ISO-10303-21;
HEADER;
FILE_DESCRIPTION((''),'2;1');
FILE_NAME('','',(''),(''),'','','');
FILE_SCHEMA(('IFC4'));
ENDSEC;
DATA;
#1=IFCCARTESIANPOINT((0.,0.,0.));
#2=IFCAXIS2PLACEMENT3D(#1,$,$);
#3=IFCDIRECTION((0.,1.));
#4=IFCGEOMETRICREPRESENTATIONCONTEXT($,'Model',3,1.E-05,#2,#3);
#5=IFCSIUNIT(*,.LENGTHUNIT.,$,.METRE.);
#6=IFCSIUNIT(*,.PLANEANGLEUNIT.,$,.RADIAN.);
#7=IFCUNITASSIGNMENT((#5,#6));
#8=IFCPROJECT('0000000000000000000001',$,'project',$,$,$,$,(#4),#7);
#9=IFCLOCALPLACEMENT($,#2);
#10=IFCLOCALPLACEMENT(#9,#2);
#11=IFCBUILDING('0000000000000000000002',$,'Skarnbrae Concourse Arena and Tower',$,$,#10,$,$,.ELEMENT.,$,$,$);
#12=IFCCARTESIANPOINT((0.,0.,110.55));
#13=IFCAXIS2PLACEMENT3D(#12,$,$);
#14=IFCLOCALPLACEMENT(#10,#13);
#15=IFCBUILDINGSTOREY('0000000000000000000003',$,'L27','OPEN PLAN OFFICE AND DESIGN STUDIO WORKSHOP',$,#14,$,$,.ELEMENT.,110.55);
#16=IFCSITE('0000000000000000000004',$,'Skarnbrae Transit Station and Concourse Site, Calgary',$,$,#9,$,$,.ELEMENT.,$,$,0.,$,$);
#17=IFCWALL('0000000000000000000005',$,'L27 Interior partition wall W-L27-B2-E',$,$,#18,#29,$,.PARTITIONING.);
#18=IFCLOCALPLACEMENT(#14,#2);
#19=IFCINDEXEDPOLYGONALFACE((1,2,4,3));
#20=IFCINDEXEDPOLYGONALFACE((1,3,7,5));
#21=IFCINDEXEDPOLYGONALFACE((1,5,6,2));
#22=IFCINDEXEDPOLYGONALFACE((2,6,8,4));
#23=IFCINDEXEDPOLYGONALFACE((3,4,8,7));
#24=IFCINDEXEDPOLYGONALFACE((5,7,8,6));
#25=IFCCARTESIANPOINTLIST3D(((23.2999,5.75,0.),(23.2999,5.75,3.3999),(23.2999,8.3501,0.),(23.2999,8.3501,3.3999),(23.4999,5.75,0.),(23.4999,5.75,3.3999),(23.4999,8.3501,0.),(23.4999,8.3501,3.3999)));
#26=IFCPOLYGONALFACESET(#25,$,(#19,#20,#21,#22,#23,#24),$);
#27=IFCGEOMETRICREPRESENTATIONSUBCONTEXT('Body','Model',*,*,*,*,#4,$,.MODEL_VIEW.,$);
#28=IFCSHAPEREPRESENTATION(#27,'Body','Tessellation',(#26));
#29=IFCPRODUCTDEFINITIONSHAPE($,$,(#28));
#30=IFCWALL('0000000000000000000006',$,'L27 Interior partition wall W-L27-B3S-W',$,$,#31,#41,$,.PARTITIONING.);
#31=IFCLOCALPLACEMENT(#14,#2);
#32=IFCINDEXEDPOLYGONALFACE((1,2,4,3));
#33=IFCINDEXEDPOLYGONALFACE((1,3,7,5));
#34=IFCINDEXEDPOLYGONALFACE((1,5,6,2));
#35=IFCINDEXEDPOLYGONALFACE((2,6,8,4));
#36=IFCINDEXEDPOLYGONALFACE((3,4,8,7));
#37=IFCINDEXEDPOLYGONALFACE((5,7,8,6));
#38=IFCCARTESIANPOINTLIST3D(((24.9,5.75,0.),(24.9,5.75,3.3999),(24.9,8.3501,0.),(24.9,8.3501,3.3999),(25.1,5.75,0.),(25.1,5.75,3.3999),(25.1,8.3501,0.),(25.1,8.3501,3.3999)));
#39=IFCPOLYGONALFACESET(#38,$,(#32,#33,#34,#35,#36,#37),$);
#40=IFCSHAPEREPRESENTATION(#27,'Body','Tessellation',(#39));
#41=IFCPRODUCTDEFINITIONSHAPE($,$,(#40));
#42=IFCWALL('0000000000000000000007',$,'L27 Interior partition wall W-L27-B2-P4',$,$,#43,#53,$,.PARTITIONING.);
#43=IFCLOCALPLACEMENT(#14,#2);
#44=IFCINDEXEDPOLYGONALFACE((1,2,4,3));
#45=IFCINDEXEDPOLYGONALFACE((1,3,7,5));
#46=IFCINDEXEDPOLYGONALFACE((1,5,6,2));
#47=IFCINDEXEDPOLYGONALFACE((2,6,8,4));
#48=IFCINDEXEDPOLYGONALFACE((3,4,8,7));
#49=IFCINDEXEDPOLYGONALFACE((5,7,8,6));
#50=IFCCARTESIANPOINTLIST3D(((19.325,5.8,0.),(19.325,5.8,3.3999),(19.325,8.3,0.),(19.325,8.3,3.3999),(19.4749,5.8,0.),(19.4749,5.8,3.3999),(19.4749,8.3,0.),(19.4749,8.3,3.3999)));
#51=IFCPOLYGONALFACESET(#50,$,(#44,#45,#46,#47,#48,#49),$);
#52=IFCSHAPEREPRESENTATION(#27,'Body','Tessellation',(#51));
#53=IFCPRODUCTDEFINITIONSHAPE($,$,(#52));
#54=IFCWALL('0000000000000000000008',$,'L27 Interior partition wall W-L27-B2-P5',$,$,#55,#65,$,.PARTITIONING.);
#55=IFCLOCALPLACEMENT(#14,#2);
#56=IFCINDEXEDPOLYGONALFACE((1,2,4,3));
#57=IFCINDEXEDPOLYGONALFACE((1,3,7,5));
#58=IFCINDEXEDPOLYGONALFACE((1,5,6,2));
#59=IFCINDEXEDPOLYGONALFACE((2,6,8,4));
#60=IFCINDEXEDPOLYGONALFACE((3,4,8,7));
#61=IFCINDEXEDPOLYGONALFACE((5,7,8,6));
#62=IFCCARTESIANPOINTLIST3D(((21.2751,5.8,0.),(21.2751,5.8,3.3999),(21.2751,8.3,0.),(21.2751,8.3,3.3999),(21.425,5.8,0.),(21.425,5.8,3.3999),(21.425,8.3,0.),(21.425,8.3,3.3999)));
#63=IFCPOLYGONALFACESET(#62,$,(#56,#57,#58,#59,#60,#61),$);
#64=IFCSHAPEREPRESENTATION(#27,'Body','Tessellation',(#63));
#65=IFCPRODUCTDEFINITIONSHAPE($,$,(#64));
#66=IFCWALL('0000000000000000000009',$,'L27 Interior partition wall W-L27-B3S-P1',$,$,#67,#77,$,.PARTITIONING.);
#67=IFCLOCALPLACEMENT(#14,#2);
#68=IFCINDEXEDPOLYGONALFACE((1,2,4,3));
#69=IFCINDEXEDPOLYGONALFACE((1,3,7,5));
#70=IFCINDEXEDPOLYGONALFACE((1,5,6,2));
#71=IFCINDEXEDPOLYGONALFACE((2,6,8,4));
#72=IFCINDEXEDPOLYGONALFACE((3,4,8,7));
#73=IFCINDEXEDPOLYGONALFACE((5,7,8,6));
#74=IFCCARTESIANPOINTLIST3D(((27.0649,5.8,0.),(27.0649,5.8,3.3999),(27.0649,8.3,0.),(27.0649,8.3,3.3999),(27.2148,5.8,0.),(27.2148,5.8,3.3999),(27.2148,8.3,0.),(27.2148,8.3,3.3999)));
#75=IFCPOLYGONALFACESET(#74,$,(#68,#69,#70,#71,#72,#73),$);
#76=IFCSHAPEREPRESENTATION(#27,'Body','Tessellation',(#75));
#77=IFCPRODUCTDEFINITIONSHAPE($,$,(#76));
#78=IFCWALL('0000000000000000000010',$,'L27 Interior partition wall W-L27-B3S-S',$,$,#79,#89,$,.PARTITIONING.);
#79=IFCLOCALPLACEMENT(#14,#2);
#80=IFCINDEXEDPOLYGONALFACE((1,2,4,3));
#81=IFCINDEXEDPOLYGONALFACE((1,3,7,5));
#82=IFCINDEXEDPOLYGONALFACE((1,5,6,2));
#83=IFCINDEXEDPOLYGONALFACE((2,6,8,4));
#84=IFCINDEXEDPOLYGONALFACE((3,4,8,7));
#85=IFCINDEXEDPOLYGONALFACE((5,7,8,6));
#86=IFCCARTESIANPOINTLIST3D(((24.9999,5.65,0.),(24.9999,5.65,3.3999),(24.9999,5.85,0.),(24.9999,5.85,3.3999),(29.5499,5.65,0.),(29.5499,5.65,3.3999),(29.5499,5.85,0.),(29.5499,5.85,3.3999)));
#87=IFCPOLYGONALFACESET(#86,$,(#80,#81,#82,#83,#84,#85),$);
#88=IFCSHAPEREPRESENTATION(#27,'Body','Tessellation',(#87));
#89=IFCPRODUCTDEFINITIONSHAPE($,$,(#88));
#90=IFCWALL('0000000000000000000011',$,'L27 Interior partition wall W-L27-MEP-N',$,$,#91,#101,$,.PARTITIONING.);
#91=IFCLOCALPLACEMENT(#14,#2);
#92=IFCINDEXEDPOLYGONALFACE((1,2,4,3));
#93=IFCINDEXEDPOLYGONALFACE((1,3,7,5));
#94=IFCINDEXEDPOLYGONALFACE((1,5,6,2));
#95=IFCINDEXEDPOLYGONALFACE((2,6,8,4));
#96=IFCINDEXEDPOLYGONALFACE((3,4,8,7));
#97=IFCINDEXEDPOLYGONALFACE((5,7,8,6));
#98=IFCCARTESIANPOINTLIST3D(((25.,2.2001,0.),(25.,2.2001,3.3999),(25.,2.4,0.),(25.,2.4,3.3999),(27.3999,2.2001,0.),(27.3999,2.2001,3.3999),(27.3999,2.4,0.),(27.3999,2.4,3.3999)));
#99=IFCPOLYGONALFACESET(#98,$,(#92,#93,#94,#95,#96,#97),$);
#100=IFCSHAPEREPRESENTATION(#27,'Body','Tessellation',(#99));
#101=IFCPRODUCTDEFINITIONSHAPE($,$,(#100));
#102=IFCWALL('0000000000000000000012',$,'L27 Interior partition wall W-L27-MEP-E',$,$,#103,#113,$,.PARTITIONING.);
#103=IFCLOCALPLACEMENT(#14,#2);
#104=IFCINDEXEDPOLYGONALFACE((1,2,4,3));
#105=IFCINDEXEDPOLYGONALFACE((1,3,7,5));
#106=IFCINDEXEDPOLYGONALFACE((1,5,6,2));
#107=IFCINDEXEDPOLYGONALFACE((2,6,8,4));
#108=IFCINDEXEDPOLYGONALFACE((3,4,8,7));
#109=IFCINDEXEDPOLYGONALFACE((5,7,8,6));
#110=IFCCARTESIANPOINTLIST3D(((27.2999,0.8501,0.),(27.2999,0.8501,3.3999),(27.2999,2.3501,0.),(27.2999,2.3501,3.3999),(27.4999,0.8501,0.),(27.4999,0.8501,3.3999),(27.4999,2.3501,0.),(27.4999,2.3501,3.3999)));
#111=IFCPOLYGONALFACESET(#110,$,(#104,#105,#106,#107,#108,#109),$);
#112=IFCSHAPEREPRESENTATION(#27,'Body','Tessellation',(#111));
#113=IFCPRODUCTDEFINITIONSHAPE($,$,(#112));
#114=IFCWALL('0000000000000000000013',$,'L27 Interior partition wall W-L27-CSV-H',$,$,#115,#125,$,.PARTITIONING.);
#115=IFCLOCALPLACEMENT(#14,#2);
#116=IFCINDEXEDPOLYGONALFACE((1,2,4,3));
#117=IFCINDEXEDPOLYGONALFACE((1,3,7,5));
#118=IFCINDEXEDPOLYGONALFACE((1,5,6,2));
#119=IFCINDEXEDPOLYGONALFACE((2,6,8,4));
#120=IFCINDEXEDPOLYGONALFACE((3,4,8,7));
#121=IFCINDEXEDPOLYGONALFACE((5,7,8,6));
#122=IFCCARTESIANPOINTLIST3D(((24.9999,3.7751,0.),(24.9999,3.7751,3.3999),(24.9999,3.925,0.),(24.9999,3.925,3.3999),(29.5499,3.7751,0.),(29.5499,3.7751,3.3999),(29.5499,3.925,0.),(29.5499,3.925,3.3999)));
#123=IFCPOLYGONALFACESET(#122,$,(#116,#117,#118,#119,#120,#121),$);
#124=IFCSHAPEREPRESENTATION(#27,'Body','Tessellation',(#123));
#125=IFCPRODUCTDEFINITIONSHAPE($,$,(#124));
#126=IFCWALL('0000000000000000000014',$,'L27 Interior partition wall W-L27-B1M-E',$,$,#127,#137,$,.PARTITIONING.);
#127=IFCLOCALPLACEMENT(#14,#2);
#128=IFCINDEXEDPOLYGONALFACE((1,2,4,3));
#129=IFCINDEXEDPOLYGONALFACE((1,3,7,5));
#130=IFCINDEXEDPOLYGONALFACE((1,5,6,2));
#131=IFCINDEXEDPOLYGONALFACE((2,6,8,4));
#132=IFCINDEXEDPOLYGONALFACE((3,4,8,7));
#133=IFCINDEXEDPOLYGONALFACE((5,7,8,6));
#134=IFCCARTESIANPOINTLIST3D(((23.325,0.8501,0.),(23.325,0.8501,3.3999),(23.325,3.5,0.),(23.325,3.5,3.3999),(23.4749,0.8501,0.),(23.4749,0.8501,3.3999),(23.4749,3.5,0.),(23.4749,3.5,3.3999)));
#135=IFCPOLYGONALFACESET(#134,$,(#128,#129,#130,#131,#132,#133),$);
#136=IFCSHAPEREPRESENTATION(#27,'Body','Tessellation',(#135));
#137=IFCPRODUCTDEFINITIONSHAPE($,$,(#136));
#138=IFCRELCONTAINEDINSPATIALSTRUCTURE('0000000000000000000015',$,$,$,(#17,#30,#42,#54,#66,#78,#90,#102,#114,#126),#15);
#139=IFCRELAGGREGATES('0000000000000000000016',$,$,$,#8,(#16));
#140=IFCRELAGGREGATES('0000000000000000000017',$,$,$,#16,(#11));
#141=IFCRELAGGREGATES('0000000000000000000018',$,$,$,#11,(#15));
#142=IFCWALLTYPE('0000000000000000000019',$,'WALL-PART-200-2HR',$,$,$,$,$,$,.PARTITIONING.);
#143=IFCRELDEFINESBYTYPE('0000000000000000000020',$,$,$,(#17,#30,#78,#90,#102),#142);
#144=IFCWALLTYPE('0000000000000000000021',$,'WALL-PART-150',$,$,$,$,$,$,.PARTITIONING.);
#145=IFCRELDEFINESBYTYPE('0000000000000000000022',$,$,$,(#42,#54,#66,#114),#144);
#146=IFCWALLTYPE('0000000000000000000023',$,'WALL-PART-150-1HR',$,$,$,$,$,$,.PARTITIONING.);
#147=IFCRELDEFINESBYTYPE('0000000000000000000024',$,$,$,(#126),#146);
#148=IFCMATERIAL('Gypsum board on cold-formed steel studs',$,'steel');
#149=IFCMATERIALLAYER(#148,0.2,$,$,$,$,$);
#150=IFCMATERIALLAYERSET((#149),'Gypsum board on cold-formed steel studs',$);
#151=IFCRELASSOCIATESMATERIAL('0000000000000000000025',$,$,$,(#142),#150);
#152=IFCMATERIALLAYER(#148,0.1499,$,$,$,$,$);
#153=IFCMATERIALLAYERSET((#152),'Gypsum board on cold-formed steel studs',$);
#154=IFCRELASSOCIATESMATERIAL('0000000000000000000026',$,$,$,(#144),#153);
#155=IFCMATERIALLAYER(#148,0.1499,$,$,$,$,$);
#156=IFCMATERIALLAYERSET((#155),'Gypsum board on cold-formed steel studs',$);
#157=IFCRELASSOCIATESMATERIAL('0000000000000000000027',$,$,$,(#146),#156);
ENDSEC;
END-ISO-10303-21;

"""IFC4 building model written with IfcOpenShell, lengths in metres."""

from ifc_helpers import new_model, si_unit, direction, frame, frame_2d, origin, place, context, subcontext, project, spatial, rectangle, extrude, source, transform, mapped, material, layer, layer_set, type_object, element, save


model = new_model("IFC4")

# Units and contexts
model_context = context("Model", 3, precision=1e-05, world=origin(), true_north=direction((0.0, 1.0)))
body_context = subcontext(model_context, "Body", "Model", "MODEL_VIEW")
ifc_project = project(units=[si_unit("LENGTHUNIT", "METRE"), si_unit("PLANEANGLEUNIT", "RADIAN")], contexts=[model_context])

# Site, building, storey
site_placement = place(None, origin())
site = spatial("IfcSite", under=ifc_project, at=site_placement, Name="Skarnbrae Transit Station and Concourse Site, Calgary", CompositionType="ELEMENT", RefElevation=0.0)
building_placement = place(site_placement, origin())
building = spatial("IfcBuilding", under=site, at=building_placement, Name="Skarnbrae Concourse Arena and Tower", CompositionType="ELEMENT")
storey_placement = place(building_placement, frame((0.0, 0.0, 110.55)))
storey = spatial("IfcBuildingStorey", under=building, at=storey_placement, Name="L27", Description="OPEN PLAN OFFICE AND DESIGN STUDIO WORKSHOP", CompositionType="ELEMENT", Elevation=110.55)

# Walls
ifc_material_1 = material(Name="Gypsum board on cold-formed steel studs", Category="steel")
ifc_layer_1 = layer(ifc_material_1, 0.2)
ifc_layer_set_1 = layer_set([ifc_layer_1], Name="Gypsum board on cold-formed steel studs")
wall_type_1 = type_object("IfcWallType", Name="WALL-PART-200-2HR", PredefinedType="PARTITIONING", material=ifc_layer_set_1)
shared_shape_1 = source(origin(), body_context, "Body", "SweptSolid", [
    extrude(rectangle(XDim=2.6001, YDim=0.2, at=frame_2d((1.3, 0.0))), origin(), (0.0, 0.0, 1.0), 3.3999),
])
for number, where, z_axis, x_axis, name in (
    (1, (23.3999, 5.75, 0.0), (0.0, 0.0, 1.0), (0.0, 1.0, 0.0), "L27 Interior partition wall W-L27-B2-E"),
    (2, (25.0, 5.75, 0.0), (0.0, 0.0, 1.0), (0.0, 1.0, 0.0), "L27 Interior partition wall W-L27-B3S-W"),
):
    element("IfcWall", number, at=place(storey_placement, frame(where, z_axis=z_axis, x_axis=x_axis)), inside=storey, type_object=wall_type_1, Name=name, PredefinedType="PARTITIONING", context=body_context, shape_type="MappedRepresentation", body=[
        mapped(shared_shape_1, transform((0.0, 0.0, 0.0))),
    ])
ifc_layer_2 = layer(ifc_material_1, 0.1499)
ifc_layer_set_2 = layer_set([ifc_layer_2], Name="Gypsum board on cold-formed steel studs")
wall_type_2 = type_object("IfcWallType", Name="WALL-PART-150", PredefinedType="PARTITIONING", material=ifc_layer_set_2)
shared_shape_2 = source(origin(), body_context, "Body", "SweptSolid", [
    extrude(rectangle(XDim=2.5, YDim=0.1499, at=frame_2d((1.25, 0.0))), origin(), (0.0, 0.0, 1.0), 3.3999),
])
for number, where, z_axis, x_axis, name in (
    (3, (19.3999, 5.8, 0.0), (0.0, 0.0, 1.0), (0.0, 1.0, 0.0), "L27 Interior partition wall W-L27-B2-P4"),
    (4, (21.3501, 5.8, 0.0), (0.0, 0.0, 1.0), (0.0, 1.0, 0.0), "L27 Interior partition wall W-L27-B2-P5"),
    (5, (27.1399, 5.8, 0.0), (0.0, 0.0, 1.0), (0.0, 1.0, 0.0), "L27 Interior partition wall W-L27-B3S-P1"),
):
    element("IfcWall", number, at=place(storey_placement, frame(where, z_axis=z_axis, x_axis=x_axis)), inside=storey, type_object=wall_type_2, Name=name, PredefinedType="PARTITIONING", context=body_context, shape_type="MappedRepresentation", body=[
        mapped(shared_shape_2, transform((0.0, 0.0, 0.0))),
    ])
shared_shape_3 = source(origin(), body_context, "Body", "SweptSolid", [
    extrude(rectangle(XDim=4.55, YDim=0.2, at=frame_2d((2.2749, 0.0))), origin(), (0.0, 0.0, 1.0), 3.3999),
])
wall_1_placement = place(storey_placement, frame((25.0, 5.75, 0.0), z_axis=(0.0, 0.0, 1.0), x_axis=(1.0, 0.0, 0.0)))
element("IfcWall", 6, at=wall_1_placement, inside=storey, type_object=wall_type_1, Name="L27 Interior partition wall W-L27-B3S-S", PredefinedType="PARTITIONING", context=body_context, shape_type="MappedRepresentation", body=[
    mapped(shared_shape_3, transform((0.0, 0.0, 0.0))),
])

# Shared definitions
ifc_layer_3 = layer(ifc_material_1, 0.1499)
ifc_layer_set_3 = layer_set([ifc_layer_3], Name="Gypsum board on cold-formed steel studs")
wall_type_3 = type_object("IfcWallType", Name="WALL-PART-150-1HR", PredefinedType="PARTITIONING", material=ifc_layer_set_3)

# Walls
shared_shape_4 = source(origin(), body_context, "Body", "SweptSolid", [
    extrude(rectangle(XDim=2.3999, YDim=0.2, at=frame_2d((1.2, 0.0))), origin(), (0.0, 0.0, 1.0), 3.3999),
])
wall_2_placement = place(storey_placement, frame((25.0, 2.3, 0.0), z_axis=(0.0, 0.0, 1.0), x_axis=(1.0, 0.0, 0.0)))
element("IfcWall", 7, at=wall_2_placement, inside=storey, type_object=wall_type_1, Name="L27 Interior partition wall W-L27-MEP-N", PredefinedType="PARTITIONING", context=body_context, shape_type="MappedRepresentation", body=[
    mapped(shared_shape_4, transform((0.0, 0.0, 0.0))),
])
shared_shape_5 = source(origin(), body_context, "Body", "SweptSolid", [
    extrude(rectangle(XDim=1.5, YDim=0.2, at=frame_2d((0.75, 0.0))), origin(), (0.0, 0.0, 1.0), 3.3999),
])
wall_3_placement = place(storey_placement, frame((27.3999, 0.8501, 0.0), z_axis=(0.0, 0.0, 1.0), x_axis=(0.0, 1.0, 0.0)))
element("IfcWall", 8, at=wall_3_placement, inside=storey, type_object=wall_type_1, Name="L27 Interior partition wall W-L27-MEP-E", PredefinedType="PARTITIONING", context=body_context, shape_type="MappedRepresentation", body=[
    mapped(shared_shape_5, transform((0.0, 0.0, 0.0))),
])
shared_shape_6 = source(origin(), body_context, "Body", "SweptSolid", [
    extrude(rectangle(XDim=4.55, YDim=0.1499, at=frame_2d((2.2749, 0.0))), origin(), (0.0, 0.0, 1.0), 3.3999),
])
wall_4_placement = place(storey_placement, frame((25.0, 3.8501, 0.0), z_axis=(0.0, 0.0, 1.0), x_axis=(1.0, 0.0, 0.0)))
element("IfcWall", 9, at=wall_4_placement, inside=storey, type_object=wall_type_2, Name="L27 Interior partition wall W-L27-CSV-H", PredefinedType="PARTITIONING", context=body_context, shape_type="MappedRepresentation", body=[
    mapped(shared_shape_6, transform((0.0, 0.0, 0.0))),
])
shared_shape_7 = source(origin(), body_context, "Body", "SweptSolid", [
    extrude(rectangle(XDim=2.6499, YDim=0.1499, at=frame_2d((1.325, 0.0))), origin(), (0.0, 0.0, 1.0), 3.3999),
])
wall_5_placement = place(storey_placement, frame((23.3999, 0.8501, 0.0), z_axis=(0.0, 0.0, 1.0), x_axis=(0.0, 1.0, 0.0)))
element("IfcWall", 10, at=wall_5_placement, inside=storey, type_object=wall_type_3, Name="L27 Interior partition wall W-L27-B1M-E", PredefinedType="PARTITIONING", context=body_context, shape_type="MappedRepresentation", body=[
    mapped(shared_shape_7, transform((0.0, 0.0, 0.0))),
])

save(model, "model.ifc")
